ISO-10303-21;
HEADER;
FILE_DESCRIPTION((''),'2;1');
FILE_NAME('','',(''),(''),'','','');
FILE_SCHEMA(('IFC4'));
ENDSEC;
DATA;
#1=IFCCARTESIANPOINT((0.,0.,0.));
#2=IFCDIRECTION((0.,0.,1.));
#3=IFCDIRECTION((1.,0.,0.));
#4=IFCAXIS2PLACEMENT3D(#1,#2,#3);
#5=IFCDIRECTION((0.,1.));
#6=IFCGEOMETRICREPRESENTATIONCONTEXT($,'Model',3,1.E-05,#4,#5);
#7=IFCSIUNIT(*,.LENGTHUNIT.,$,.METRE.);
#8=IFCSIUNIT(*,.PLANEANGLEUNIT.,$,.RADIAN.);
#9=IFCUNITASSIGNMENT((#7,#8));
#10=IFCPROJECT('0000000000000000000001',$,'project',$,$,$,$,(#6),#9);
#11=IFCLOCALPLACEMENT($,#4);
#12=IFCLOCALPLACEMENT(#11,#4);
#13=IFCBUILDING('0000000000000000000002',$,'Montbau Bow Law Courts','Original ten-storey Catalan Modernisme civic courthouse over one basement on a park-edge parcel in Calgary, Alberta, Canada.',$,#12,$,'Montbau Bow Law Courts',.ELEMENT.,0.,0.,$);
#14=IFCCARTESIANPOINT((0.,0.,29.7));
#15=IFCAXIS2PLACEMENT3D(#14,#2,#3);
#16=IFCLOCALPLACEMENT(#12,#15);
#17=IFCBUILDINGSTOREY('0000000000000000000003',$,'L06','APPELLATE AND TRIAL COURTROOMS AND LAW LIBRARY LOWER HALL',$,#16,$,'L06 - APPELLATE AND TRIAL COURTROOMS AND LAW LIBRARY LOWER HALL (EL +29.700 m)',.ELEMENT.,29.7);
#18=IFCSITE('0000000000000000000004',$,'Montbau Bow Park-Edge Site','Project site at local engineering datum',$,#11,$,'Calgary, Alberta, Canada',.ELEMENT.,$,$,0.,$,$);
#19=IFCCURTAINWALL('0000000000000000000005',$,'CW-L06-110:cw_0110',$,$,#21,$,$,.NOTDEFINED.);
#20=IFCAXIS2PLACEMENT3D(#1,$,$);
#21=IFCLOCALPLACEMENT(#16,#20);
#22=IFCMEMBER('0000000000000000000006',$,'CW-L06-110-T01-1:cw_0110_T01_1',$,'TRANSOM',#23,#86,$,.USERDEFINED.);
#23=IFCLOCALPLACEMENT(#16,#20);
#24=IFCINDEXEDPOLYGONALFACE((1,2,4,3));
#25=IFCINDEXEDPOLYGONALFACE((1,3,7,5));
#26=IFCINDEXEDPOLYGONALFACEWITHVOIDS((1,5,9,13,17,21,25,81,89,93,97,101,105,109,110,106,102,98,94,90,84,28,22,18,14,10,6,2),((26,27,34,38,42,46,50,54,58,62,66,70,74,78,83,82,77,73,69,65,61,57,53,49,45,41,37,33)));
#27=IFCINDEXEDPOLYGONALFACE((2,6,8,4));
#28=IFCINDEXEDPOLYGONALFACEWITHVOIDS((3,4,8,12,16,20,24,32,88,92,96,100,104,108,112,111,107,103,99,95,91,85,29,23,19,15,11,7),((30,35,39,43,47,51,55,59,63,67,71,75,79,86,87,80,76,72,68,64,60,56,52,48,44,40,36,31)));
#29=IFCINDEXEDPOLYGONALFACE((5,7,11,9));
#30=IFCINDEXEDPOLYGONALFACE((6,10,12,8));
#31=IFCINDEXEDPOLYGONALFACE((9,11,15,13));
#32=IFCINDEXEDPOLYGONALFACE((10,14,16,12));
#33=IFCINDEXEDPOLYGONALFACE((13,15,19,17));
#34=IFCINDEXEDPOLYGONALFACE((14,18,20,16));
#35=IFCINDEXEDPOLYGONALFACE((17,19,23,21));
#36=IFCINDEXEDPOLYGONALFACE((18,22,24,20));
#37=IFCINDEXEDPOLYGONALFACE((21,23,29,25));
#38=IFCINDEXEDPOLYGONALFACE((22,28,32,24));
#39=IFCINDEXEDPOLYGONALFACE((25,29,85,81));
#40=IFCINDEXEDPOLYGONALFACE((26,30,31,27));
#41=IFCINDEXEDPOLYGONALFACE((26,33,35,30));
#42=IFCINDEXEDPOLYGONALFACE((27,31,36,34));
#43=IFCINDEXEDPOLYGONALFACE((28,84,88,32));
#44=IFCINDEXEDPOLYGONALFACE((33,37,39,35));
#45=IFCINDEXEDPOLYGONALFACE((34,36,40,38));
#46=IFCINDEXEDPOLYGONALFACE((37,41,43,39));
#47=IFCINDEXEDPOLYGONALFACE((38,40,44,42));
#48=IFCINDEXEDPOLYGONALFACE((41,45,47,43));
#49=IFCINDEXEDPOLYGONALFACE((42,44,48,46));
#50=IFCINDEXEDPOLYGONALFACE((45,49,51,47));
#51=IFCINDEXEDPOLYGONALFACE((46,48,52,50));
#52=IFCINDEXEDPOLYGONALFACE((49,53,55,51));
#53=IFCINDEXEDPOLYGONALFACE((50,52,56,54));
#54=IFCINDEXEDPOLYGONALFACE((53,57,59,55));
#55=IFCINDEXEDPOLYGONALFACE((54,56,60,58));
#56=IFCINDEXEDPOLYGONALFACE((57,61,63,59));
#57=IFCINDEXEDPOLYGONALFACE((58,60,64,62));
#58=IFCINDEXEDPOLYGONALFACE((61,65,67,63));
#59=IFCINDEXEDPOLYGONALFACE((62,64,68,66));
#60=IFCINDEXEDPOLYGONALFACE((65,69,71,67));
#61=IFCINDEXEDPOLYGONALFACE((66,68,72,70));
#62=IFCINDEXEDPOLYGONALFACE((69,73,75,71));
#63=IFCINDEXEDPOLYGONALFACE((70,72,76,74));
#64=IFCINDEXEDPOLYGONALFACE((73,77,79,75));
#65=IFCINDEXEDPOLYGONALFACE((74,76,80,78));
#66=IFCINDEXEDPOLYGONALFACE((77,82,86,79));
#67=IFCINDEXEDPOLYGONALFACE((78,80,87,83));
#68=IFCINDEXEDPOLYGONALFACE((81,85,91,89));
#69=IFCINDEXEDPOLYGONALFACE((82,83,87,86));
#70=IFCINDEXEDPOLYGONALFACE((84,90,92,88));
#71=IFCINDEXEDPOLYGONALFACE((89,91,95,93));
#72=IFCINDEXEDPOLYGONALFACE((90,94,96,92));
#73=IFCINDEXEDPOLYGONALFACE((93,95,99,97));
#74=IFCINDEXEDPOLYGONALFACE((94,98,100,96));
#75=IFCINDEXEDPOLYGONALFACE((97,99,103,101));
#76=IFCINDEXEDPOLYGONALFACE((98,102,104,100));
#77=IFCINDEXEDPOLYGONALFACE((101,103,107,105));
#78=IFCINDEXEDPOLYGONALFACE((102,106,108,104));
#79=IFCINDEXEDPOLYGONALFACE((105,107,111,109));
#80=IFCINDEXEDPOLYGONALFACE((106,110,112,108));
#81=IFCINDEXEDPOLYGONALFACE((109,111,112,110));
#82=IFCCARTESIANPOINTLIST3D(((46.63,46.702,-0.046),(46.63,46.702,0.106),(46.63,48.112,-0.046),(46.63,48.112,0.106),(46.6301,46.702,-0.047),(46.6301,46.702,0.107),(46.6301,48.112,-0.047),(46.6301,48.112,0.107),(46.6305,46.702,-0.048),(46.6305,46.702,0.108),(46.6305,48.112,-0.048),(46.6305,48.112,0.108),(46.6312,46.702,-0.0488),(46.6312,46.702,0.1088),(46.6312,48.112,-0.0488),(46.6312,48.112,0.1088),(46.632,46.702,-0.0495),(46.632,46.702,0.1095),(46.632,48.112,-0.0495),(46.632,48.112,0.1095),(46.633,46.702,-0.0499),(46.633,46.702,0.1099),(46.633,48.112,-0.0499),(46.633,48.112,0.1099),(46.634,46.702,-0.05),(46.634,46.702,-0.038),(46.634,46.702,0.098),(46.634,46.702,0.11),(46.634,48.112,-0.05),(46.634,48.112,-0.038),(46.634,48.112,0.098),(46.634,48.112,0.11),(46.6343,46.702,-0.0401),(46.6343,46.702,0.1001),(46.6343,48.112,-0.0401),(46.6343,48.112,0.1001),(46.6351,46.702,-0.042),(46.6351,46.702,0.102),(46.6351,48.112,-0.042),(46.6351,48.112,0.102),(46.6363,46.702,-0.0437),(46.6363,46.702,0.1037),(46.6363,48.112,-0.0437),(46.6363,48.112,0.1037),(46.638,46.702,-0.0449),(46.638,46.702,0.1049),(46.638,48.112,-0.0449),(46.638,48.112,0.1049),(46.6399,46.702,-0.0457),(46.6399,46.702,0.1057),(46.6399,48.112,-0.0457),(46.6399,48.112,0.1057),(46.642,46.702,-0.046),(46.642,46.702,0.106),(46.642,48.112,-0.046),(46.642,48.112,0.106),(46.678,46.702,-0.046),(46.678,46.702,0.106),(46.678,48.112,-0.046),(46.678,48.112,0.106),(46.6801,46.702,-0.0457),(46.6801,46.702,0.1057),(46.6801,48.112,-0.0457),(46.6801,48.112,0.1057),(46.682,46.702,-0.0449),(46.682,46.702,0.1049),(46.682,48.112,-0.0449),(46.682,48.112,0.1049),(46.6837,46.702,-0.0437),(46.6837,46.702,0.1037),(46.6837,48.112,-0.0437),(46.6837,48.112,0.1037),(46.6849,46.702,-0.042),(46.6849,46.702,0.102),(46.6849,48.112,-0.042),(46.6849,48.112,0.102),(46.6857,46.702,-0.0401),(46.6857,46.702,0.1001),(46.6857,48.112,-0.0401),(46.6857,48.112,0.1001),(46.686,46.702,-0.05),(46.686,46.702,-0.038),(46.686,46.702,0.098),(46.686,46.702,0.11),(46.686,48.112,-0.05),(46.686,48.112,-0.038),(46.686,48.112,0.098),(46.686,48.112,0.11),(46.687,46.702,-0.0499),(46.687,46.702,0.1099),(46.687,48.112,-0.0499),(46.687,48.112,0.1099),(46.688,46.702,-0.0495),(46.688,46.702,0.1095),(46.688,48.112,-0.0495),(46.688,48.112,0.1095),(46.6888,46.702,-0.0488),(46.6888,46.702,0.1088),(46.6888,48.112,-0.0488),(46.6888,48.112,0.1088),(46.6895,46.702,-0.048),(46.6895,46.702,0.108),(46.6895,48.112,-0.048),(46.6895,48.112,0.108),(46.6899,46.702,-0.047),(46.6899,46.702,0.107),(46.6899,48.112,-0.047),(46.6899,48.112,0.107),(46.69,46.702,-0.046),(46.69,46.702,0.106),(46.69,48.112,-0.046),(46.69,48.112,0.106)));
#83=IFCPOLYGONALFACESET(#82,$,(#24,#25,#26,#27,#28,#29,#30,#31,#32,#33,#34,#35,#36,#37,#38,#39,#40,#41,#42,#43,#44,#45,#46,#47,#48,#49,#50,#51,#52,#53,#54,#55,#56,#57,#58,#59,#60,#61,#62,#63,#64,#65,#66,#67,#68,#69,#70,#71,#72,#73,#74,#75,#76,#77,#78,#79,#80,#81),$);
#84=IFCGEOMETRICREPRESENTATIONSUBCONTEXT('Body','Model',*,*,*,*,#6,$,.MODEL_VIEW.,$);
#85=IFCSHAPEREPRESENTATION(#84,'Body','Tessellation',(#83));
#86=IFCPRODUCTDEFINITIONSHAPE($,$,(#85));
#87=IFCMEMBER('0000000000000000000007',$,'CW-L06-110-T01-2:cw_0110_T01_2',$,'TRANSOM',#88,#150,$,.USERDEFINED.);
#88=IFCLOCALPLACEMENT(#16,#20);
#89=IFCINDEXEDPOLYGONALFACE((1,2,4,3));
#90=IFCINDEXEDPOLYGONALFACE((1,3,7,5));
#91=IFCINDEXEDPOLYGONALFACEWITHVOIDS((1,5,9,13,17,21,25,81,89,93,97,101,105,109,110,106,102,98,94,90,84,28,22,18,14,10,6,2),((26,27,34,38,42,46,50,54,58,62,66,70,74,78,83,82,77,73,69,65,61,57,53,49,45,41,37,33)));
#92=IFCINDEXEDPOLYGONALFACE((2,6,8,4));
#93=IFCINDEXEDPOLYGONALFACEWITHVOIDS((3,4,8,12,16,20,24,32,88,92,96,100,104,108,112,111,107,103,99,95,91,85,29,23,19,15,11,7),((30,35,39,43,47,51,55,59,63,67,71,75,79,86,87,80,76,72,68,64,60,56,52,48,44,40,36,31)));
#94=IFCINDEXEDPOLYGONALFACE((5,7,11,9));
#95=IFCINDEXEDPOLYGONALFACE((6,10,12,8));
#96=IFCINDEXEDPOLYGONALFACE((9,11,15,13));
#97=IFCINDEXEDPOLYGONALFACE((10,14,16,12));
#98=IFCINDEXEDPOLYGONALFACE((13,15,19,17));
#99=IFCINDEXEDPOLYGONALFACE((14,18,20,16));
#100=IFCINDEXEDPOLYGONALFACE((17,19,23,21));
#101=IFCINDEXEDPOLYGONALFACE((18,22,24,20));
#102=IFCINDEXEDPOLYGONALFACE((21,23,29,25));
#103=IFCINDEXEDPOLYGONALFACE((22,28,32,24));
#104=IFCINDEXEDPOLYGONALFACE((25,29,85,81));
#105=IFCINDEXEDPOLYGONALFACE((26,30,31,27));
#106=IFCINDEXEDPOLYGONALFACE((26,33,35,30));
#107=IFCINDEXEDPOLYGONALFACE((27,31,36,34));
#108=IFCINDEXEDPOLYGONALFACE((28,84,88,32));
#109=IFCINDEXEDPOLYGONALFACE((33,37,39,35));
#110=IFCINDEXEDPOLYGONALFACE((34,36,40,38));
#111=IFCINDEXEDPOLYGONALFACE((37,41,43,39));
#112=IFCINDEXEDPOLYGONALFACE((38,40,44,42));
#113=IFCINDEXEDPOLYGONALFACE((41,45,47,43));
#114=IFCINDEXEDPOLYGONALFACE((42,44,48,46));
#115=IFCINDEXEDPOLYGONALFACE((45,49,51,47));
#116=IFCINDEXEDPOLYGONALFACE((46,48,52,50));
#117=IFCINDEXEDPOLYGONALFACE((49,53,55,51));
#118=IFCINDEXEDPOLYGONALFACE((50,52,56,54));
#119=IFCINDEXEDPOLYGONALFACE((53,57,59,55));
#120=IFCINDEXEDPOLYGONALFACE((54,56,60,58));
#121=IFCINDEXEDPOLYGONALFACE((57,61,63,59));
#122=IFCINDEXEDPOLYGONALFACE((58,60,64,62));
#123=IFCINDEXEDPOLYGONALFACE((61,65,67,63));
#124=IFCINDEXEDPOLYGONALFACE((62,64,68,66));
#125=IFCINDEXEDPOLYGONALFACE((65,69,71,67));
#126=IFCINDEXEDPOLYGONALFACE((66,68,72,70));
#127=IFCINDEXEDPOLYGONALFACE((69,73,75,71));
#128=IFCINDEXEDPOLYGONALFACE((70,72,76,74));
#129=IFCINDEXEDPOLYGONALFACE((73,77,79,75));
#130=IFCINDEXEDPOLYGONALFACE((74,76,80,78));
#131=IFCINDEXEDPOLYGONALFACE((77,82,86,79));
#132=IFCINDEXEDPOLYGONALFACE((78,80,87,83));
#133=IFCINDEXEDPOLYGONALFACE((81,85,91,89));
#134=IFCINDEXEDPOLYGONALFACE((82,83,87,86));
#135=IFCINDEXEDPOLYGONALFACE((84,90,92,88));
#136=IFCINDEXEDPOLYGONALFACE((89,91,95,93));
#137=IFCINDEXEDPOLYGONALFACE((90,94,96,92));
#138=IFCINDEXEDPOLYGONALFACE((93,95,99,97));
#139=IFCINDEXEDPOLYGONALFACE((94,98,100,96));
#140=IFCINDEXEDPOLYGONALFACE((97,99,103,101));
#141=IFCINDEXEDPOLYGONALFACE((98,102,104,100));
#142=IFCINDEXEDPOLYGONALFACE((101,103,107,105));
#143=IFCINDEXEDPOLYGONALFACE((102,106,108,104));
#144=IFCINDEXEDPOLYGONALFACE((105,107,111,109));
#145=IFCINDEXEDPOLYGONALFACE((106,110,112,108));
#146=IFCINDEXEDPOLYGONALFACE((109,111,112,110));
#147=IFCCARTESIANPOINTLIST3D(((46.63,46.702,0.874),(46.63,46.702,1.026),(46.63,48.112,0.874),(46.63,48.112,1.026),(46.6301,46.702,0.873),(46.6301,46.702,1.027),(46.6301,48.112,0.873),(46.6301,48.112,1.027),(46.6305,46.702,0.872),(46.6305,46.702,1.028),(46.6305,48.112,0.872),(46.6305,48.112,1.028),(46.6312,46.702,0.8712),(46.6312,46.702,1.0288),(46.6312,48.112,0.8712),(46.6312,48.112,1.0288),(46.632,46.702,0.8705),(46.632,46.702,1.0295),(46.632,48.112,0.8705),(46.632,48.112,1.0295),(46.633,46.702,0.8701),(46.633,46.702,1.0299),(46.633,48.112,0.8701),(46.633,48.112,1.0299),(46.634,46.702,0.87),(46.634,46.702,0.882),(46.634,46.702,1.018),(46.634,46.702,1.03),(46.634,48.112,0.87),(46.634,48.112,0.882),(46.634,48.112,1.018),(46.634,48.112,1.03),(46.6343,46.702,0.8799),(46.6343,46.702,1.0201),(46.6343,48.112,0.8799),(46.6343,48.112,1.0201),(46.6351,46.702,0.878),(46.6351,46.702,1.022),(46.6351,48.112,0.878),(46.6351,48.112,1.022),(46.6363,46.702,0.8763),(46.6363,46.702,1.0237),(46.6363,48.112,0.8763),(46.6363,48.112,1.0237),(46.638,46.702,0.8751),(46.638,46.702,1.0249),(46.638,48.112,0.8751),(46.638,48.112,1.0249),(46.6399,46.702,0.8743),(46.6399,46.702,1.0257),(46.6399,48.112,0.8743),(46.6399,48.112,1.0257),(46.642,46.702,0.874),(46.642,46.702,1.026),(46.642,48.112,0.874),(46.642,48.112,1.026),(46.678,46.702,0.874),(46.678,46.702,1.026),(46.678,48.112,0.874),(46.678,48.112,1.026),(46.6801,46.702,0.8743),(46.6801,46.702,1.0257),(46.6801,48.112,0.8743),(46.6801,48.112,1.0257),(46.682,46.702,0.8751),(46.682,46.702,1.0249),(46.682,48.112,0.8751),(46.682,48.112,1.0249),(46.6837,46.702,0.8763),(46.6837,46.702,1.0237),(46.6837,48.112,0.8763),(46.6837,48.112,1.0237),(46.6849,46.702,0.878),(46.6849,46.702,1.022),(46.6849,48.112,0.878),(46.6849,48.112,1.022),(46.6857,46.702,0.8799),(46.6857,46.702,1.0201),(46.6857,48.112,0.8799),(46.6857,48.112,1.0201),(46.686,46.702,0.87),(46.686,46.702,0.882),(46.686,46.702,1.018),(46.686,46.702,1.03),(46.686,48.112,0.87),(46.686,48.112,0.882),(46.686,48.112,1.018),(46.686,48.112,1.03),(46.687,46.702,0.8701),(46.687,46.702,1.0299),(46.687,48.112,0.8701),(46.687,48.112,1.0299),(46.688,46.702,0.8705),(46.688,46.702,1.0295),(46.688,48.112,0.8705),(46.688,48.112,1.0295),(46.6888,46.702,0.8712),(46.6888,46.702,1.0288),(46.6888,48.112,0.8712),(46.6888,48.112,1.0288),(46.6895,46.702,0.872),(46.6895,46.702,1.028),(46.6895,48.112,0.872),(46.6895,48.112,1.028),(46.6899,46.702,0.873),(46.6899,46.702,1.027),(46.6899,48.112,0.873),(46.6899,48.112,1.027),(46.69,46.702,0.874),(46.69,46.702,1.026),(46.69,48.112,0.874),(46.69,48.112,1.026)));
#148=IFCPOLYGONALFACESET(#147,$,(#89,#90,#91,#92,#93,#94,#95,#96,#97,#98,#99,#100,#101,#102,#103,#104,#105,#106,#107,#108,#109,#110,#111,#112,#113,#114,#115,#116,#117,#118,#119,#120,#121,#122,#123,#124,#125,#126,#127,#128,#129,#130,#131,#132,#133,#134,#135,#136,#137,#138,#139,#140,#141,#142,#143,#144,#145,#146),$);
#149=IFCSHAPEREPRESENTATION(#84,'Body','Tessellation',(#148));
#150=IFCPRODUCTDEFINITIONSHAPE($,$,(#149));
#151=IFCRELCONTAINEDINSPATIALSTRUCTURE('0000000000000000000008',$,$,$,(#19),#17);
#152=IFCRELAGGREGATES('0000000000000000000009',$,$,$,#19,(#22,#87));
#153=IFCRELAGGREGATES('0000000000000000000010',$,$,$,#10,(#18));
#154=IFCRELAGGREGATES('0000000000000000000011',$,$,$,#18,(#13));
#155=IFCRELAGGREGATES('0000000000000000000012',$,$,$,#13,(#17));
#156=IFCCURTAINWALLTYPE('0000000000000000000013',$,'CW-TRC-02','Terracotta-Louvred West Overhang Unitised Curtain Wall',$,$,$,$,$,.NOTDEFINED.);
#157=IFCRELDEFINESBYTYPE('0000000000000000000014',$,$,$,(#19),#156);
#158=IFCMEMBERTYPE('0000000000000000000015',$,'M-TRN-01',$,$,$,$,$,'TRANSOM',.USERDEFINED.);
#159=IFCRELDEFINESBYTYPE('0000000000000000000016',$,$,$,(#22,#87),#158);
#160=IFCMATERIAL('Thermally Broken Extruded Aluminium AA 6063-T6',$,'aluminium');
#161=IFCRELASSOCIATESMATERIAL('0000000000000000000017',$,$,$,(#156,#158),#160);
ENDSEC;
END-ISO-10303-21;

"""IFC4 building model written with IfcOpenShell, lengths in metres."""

from ifc_helpers import new_model, si_unit, direction, frame, origin_with_axes, origin_2d_with_axis, place, context, subcontext, project, spatial, hollow_rectangle, extrude, material, material_profile, profile_set, type_object, element, aggregate, save


model = new_model("IFC4")

# Units and contexts
model_context = context("Model", 3, precision=1e-05, world=origin_with_axes(), true_north=direction((0.0, 1.0)))
body_context = subcontext(model_context, "Body", "Model", "MODEL_VIEW")
ifc_project = project(units=[si_unit("LENGTHUNIT", "METRE"), si_unit("PLANEANGLEUNIT", "RADIAN")], contexts=[model_context])

# Site, building, storey
site_placement = place(None, origin_with_axes())
site = spatial("IfcSite", under=ifc_project, at=site_placement, Name="Montbau Bow Park-Edge Site", Description="Project site at local engineering datum", LongName="Calgary, Alberta, Canada", CompositionType="ELEMENT", RefElevation=0.0)
building_placement = place(site_placement, origin_with_axes())
building = spatial("IfcBuilding", under=site, at=building_placement, Name="Montbau Bow Law Courts", Description="Original ten-storey Catalan Modernisme civic courthouse over one basement on a park-edge parcel in Calgary, Alberta, Canada.", LongName="Montbau Bow Law Courts", CompositionType="ELEMENT", ElevationOfRefHeight=0.0, ElevationOfTerrain=0.0)
storey_placement = place(building_placement, frame((0.0, 0.0, 29.7), z_axis=(0.0, 0.0, 1.0), x_axis=(1.0, 0.0, 0.0)))
storey = spatial("IfcBuildingStorey", under=building, at=storey_placement, Name="L06", Description="APPELLATE AND TRIAL COURTROOMS AND LAW LIBRARY LOWER HALL", LongName="L06 - APPELLATE AND TRIAL COURTROOMS AND LAW LIBRARY LOWER HALL (EL +29.700 m)", CompositionType="ELEMENT", Elevation=29.7)

# Curtain wall, members
ifc_material_1 = material(Name="Thermally Broken Extruded Aluminium AA 6063-T6", Category="aluminium")
curtain_wall_type = type_object("IfcCurtainWallType", Name="CW-TRC-02", Description="Terracotta-Louvred West Overhang Unitised Curtain Wall", PredefinedType="NOTDEFINED", material=ifc_material_1)
curtain_wall_1_placement = place(None, frame((46.66, 46.64, 29.7), z_axis=(0.0, 0.0, 1.0), x_axis=(1.0, 0.0, 0.0)))
curtain_wall_1 = element("IfcCurtainWall", 1, at=curtain_wall_1_placement, inside=storey, type_object=curtain_wall_type, Name="CW-L06-110:cw_0110", PredefinedType="NOTDEFINED")
ifc_material_profile_1 = material_profile(ifc_material_1, hollow_rectangle(XDim=0.06, YDim=0.16, WallThickness=0.004, InnerFilletRadius=0.008, OuterFilletRadius=0.004, at=origin_2d_with_axis()), Name="CWT-160X60", Category="Main", Priority=0)
ifc_profile_set_1 = profile_set([ifc_material_profile_1], Name="Thermally Broken Extruded Aluminium AA 6063-T6")
member_type_1 = type_object("IfcMemberType", Name="M-TRN-01", ElementType="TRANSOM", PredefinedType="USERDEFINED", material=ifc_profile_set_1)
member_1_placement = place(None, frame((46.66, 46.702, 29.73), z_axis=(0.0, 1.0, 0.0), x_axis=(-1.0, 0.0, 0.0)))
member_1 = element("IfcMember", 2, at=member_1_placement, type_object=member_type_1, Name="CW-L06-110-T01-1:cw_0110_T01_1", ObjectType="TRANSOM", PredefinedType="USERDEFINED", context=body_context, shape_type="SweptSolid", body=[
    extrude(hollow_rectangle(XDim=0.06, YDim=0.16, WallThickness=0.004, InnerFilletRadius=0.008, OuterFilletRadius=0.004, at=origin_2d_with_axis()), origin_with_axes(), (0.0, 0.0, 1.0), 1.41),
])
member_2_placement = place(None, frame((46.66, 46.702, 30.65), z_axis=(0.0, 1.0, 0.0), x_axis=(-1.0, 0.0, 0.0)))
member_2 = element("IfcMember", 3, at=member_2_placement, type_object=member_type_1, Name="CW-L06-110-T01-2:cw_0110_T01_2", ObjectType="TRANSOM", PredefinedType="USERDEFINED", context=body_context, shape_type="SweptSolid", body=[
    extrude(hollow_rectangle(XDim=0.06, YDim=0.16, WallThickness=0.004, InnerFilletRadius=0.008, OuterFilletRadius=0.004, at=origin_2d_with_axis()), origin_with_axes(), (0.0, 0.0, 1.0), 1.41),
])

aggregate(curtain_wall_1, [member_1, member_2])

save(model, "model.ifc")
